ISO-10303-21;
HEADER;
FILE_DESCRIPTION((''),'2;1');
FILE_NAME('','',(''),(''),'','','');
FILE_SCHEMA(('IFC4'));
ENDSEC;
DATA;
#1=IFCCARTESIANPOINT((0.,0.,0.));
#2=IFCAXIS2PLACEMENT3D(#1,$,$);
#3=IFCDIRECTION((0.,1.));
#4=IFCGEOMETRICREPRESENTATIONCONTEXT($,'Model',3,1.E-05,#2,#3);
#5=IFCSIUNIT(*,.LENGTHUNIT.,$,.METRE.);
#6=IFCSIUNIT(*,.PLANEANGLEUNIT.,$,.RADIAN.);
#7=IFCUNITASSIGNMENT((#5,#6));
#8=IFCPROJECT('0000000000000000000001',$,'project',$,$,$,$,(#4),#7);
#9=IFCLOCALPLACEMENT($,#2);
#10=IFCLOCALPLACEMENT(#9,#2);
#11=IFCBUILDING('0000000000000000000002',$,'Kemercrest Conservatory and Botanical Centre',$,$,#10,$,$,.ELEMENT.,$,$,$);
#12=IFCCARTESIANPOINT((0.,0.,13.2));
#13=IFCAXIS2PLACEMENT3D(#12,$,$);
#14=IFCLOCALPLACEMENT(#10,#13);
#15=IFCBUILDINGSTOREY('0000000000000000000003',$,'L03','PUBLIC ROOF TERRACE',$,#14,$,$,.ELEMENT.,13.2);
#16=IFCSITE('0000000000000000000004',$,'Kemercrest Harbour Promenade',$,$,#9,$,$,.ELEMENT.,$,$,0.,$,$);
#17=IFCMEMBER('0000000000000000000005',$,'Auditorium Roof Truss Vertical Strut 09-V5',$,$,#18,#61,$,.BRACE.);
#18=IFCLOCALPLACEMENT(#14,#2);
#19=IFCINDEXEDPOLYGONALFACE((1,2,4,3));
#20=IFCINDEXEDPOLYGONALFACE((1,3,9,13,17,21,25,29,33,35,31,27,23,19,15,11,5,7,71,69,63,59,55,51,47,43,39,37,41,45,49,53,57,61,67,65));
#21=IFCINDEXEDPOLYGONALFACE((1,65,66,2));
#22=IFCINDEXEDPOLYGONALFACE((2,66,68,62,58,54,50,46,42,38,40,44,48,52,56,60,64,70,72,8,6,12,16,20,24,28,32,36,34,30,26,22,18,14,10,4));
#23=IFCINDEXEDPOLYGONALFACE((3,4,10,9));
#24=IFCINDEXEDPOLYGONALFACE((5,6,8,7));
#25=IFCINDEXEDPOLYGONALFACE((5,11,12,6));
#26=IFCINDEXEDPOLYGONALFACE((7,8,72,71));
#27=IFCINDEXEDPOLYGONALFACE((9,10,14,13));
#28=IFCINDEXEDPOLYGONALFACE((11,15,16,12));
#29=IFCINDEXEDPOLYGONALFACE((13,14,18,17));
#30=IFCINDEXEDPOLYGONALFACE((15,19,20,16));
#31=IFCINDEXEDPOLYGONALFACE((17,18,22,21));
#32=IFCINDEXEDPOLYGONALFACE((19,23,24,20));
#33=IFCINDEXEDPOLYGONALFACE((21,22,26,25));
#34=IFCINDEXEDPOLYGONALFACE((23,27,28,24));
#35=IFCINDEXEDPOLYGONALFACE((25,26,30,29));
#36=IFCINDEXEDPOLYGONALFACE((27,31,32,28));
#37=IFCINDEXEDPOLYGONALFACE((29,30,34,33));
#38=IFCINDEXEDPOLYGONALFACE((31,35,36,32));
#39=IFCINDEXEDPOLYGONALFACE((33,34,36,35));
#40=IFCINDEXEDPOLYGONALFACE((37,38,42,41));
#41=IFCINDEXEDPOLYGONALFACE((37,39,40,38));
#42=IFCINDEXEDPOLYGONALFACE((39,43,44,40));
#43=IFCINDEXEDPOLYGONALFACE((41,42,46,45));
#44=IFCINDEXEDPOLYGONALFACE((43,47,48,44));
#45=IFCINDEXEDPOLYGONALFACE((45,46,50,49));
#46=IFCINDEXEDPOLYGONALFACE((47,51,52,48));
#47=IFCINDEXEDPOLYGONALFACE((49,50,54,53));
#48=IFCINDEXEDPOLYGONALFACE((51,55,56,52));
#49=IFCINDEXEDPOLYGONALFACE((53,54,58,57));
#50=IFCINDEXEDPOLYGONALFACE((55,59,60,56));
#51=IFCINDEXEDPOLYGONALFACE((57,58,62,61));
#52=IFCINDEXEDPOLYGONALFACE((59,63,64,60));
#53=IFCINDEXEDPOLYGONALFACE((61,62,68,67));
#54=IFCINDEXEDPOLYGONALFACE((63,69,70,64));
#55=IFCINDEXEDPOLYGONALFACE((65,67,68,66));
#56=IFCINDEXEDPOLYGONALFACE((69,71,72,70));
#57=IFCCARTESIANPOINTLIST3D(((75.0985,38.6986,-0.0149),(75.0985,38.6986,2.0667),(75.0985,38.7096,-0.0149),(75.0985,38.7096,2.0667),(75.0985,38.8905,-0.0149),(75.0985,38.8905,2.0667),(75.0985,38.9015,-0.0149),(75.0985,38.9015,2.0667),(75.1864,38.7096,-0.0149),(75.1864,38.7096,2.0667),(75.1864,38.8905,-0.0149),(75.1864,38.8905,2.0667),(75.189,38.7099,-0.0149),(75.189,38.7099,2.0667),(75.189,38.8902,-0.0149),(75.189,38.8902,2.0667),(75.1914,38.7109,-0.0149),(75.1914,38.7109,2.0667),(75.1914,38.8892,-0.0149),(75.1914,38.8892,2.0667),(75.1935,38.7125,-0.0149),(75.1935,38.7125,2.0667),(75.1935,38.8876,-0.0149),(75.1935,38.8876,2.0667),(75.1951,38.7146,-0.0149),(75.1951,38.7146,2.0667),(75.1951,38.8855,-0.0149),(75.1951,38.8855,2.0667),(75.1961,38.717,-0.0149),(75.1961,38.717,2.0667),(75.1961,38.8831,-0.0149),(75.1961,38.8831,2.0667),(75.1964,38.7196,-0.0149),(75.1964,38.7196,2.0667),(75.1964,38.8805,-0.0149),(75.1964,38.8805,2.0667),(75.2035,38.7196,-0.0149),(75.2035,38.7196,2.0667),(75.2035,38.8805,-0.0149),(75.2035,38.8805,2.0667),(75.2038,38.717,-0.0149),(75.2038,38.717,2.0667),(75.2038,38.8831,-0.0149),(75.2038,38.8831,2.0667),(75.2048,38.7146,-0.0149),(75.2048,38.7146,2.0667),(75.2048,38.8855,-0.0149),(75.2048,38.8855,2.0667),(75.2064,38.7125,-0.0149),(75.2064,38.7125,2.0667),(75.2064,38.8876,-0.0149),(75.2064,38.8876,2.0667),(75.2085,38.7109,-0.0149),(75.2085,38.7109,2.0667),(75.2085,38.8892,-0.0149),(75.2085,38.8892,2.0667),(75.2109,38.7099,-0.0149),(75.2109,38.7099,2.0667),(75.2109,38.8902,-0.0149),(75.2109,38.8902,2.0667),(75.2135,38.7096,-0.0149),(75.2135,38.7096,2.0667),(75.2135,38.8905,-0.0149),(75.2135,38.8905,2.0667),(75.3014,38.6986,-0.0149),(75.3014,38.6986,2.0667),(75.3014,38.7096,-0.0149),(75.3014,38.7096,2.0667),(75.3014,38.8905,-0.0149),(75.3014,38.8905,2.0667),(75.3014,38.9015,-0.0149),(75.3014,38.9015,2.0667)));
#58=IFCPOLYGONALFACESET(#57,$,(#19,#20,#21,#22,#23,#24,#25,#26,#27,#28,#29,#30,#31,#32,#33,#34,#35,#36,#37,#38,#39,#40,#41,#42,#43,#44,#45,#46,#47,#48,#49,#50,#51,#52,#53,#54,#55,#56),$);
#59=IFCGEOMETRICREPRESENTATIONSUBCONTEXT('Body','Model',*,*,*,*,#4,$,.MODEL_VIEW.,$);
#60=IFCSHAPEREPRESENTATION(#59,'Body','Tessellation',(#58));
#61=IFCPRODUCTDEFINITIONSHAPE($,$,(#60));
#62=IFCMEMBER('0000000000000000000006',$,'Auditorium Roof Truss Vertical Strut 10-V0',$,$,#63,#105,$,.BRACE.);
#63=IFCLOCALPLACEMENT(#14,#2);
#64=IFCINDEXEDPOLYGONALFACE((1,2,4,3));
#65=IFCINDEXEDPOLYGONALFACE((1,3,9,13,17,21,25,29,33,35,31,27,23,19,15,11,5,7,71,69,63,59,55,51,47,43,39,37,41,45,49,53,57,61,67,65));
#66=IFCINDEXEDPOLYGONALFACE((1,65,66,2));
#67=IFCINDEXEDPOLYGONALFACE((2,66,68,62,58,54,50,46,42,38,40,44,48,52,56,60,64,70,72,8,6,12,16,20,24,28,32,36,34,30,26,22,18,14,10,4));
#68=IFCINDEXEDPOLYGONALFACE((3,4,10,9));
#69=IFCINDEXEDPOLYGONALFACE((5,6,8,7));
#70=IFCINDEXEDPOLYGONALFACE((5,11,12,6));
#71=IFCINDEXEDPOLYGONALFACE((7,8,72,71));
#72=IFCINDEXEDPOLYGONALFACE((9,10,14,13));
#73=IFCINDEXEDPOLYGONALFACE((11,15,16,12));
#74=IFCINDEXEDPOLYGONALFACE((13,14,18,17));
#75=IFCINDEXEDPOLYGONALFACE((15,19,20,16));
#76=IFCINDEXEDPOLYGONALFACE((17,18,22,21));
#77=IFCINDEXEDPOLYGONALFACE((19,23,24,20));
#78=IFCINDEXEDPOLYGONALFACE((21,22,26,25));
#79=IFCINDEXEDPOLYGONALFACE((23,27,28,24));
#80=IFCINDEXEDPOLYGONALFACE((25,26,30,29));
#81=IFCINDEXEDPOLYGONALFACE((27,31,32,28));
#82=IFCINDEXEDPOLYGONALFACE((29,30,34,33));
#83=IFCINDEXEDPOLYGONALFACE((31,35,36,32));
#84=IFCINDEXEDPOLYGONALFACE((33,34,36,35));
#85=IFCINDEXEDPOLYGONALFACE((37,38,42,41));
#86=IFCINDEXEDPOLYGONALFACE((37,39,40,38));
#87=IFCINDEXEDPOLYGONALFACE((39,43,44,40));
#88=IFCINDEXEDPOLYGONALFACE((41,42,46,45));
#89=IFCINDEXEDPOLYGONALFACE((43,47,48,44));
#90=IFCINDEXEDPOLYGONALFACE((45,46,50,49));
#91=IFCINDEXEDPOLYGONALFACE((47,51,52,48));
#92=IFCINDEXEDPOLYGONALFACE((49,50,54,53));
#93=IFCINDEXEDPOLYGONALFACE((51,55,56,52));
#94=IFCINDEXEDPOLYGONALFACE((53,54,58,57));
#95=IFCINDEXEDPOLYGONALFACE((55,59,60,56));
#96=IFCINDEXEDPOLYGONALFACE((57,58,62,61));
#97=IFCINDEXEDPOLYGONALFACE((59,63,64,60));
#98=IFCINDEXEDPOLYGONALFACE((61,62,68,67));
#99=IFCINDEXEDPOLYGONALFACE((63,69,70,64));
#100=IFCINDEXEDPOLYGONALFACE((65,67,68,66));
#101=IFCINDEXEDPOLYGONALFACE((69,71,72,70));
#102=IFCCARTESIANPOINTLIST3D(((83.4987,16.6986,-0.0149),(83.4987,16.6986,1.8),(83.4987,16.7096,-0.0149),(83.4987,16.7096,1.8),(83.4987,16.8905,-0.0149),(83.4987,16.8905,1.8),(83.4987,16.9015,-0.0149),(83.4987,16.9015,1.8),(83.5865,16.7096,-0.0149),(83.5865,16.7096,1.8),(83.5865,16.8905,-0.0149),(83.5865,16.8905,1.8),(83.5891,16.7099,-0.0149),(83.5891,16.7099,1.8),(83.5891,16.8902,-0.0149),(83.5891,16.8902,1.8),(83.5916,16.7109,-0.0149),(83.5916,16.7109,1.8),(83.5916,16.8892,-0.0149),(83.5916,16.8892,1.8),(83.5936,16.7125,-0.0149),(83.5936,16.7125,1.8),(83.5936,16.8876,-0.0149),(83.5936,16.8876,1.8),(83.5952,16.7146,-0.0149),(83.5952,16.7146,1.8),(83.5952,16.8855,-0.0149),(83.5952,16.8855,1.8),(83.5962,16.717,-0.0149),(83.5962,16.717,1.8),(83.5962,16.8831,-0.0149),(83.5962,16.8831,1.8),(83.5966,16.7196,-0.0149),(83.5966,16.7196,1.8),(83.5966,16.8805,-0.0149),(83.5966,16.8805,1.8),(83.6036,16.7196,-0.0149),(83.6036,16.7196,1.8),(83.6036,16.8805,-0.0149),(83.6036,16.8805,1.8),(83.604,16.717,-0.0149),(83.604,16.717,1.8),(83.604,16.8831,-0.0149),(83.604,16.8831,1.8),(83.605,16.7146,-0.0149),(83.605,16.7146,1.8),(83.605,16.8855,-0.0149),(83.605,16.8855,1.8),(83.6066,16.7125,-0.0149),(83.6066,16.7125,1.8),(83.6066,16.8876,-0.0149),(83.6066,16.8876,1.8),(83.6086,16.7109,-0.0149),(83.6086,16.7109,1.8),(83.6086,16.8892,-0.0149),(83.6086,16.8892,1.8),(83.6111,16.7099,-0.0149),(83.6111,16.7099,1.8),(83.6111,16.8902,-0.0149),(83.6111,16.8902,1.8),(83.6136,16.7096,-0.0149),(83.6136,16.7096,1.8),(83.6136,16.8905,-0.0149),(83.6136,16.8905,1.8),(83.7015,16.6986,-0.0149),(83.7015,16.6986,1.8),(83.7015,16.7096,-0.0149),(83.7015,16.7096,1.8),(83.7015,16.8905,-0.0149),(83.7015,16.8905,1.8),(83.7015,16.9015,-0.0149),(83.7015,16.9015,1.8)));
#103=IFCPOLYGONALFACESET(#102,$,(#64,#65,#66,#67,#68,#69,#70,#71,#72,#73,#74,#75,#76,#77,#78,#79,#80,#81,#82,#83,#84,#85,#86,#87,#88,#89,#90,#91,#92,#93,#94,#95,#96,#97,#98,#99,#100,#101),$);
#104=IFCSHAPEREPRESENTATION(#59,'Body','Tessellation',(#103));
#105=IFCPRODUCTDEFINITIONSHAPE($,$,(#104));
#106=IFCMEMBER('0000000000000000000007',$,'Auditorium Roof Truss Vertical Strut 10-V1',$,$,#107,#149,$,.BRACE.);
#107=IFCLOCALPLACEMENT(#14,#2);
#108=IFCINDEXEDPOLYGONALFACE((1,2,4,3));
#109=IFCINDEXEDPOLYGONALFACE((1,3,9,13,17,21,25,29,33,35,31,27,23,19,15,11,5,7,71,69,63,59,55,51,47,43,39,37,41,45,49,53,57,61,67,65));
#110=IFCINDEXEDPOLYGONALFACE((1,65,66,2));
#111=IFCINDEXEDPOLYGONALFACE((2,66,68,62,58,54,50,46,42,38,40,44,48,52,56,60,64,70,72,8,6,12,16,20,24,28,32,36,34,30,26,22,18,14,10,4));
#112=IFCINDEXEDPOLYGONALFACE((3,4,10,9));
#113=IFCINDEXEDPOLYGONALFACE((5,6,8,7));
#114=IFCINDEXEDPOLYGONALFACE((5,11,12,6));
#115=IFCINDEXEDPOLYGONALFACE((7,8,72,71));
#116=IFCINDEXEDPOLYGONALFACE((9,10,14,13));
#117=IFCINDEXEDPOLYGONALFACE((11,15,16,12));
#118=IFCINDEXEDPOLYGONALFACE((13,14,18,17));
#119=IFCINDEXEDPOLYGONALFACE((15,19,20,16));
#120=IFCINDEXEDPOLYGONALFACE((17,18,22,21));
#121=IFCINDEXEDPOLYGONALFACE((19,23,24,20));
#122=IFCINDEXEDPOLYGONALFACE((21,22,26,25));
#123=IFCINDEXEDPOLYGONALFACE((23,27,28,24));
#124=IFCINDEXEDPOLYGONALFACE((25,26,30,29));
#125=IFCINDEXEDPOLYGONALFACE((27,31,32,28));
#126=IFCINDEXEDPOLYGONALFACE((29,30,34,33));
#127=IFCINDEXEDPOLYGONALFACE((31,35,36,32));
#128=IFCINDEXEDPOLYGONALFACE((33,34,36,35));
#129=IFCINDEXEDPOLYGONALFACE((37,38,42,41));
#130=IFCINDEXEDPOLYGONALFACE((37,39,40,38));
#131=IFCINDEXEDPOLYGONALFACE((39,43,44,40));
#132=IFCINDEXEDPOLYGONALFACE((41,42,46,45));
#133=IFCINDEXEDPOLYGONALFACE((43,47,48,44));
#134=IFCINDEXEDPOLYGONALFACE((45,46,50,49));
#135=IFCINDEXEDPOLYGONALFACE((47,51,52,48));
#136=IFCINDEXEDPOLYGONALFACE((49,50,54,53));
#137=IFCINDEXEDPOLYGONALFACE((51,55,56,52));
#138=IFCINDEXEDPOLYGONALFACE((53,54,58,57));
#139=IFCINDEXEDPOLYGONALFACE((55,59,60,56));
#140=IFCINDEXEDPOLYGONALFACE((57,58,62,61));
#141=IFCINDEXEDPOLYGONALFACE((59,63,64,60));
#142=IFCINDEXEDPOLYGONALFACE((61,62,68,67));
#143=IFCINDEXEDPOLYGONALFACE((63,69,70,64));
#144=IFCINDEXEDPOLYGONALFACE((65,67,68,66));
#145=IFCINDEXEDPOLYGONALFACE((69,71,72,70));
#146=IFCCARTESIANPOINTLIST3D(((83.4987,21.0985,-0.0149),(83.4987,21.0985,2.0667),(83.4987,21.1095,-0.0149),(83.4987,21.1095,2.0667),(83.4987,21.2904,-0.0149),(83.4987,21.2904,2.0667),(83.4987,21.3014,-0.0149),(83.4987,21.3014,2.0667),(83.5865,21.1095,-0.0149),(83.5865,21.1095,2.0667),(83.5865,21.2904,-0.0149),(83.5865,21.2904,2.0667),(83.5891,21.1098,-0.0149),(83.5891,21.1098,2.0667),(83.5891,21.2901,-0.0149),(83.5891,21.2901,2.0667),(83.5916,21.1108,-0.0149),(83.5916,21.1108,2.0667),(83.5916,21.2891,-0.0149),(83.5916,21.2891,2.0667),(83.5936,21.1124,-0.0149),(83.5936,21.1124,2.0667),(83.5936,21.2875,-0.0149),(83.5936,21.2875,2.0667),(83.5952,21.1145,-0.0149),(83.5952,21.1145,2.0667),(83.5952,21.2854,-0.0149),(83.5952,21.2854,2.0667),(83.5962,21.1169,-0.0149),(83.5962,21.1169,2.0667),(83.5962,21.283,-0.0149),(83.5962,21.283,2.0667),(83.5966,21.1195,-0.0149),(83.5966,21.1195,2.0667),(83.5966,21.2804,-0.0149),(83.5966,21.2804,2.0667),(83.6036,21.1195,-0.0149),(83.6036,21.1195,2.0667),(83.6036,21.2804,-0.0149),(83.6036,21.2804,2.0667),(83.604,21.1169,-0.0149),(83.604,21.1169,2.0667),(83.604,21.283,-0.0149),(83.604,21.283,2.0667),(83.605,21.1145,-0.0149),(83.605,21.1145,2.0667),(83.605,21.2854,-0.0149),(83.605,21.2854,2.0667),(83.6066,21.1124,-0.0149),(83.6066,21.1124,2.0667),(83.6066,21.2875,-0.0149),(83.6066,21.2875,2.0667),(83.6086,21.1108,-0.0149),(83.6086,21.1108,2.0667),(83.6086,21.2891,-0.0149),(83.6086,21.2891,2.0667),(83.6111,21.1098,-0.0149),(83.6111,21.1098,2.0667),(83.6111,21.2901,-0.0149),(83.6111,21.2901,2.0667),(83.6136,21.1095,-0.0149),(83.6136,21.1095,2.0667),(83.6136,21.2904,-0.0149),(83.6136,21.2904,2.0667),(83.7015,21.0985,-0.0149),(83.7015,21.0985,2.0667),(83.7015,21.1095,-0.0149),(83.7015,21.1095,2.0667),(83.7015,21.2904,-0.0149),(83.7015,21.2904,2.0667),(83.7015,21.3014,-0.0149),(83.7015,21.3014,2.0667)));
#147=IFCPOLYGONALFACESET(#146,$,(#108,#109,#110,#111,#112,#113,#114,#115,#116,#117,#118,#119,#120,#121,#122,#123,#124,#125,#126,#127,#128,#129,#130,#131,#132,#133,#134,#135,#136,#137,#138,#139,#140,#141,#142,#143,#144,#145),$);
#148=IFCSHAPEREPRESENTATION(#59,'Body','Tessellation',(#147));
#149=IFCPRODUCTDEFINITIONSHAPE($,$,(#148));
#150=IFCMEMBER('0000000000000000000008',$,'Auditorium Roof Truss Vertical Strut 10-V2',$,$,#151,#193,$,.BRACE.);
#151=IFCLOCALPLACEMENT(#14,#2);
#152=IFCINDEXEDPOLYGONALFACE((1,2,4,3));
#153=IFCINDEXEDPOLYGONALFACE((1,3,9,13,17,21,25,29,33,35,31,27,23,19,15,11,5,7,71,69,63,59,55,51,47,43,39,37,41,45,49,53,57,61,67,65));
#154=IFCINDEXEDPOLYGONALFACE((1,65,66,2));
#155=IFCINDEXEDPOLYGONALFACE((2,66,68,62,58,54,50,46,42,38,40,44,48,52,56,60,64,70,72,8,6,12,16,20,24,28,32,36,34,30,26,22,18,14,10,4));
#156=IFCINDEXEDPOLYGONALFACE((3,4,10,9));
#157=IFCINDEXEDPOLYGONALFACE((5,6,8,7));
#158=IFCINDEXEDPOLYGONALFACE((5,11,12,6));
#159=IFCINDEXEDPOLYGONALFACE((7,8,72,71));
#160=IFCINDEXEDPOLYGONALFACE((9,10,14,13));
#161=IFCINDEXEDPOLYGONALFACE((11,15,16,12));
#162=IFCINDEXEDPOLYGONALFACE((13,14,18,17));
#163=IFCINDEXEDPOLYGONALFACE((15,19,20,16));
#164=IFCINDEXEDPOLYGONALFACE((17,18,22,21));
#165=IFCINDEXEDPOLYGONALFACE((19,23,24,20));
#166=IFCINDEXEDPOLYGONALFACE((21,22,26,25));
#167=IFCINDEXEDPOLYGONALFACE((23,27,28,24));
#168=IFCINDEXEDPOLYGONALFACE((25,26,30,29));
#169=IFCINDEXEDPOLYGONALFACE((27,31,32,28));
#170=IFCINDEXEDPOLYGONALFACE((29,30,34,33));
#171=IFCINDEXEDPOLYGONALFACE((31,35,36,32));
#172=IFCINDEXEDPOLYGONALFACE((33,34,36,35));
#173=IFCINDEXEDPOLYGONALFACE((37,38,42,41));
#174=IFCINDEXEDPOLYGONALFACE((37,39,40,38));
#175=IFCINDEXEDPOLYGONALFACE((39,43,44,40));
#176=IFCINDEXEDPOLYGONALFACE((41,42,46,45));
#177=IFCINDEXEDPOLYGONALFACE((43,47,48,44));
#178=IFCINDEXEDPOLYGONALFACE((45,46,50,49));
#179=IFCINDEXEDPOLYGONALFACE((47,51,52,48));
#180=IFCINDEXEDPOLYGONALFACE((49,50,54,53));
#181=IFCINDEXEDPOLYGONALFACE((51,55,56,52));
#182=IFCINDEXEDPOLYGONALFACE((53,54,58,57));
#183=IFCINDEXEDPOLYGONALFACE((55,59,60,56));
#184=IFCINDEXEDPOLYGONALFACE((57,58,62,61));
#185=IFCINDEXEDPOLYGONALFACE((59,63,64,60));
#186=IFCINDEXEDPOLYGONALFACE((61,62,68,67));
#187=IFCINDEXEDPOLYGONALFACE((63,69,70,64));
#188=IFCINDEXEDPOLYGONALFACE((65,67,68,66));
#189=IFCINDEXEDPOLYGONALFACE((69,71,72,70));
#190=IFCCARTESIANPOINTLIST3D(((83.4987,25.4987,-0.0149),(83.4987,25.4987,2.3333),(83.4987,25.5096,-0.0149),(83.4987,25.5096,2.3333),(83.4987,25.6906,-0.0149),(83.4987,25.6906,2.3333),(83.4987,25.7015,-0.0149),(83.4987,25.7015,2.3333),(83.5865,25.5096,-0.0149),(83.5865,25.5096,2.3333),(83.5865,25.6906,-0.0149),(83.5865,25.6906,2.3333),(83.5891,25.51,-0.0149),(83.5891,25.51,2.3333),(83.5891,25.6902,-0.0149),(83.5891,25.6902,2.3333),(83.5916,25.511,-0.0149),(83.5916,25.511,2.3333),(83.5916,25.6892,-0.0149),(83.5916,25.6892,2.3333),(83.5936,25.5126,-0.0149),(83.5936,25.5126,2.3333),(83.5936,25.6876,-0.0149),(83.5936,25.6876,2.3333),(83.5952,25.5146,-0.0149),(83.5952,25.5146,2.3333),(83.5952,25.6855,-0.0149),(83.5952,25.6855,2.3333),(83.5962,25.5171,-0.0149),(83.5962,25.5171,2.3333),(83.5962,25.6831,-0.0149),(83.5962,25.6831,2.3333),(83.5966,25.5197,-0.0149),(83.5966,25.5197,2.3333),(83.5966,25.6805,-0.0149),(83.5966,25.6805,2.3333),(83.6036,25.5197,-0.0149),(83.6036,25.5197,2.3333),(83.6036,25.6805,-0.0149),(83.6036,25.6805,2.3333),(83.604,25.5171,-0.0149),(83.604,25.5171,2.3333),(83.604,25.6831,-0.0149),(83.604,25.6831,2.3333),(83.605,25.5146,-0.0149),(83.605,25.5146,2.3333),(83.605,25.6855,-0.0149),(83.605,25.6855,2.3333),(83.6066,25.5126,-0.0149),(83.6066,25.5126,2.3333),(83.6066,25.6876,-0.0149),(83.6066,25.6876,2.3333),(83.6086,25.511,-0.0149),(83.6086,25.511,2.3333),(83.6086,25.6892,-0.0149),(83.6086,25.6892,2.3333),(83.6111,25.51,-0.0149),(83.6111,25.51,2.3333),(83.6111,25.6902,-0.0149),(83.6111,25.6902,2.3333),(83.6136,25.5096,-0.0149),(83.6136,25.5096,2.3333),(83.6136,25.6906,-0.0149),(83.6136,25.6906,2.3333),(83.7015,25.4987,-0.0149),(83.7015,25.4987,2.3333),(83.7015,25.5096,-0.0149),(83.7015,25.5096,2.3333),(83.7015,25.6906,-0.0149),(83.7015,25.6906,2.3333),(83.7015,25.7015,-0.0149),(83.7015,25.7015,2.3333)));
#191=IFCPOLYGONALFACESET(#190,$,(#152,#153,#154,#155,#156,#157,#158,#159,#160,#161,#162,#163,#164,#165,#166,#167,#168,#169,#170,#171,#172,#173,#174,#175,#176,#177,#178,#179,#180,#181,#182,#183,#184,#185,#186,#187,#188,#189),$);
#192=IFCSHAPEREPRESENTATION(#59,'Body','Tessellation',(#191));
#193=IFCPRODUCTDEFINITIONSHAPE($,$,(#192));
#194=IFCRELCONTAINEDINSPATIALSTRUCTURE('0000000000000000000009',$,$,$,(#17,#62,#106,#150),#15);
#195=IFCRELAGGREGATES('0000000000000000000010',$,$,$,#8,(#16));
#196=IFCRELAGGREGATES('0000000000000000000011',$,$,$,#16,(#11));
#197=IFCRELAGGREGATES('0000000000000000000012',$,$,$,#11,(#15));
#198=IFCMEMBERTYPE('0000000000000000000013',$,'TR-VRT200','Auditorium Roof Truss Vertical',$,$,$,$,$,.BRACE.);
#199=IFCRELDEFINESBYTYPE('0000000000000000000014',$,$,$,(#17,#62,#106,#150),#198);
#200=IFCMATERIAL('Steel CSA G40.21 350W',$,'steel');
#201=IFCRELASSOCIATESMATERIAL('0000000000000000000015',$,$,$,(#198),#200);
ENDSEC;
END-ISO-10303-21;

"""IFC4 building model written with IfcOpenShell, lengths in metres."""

from ifc_helpers import new_model, si_unit, direction, frame, origin, origin_2d, place, context, subcontext, project, spatial, i_section, extrude, material, material_profile, profile_set, type_object, element, save


model = new_model("IFC4")

# Units and contexts
model_context = context("Model", 3, precision=1e-05, world=origin(), true_north=direction((0.0, 1.0)))
body_context = subcontext(model_context, "Body", "Model", "MODEL_VIEW")
ifc_project = project(units=[si_unit("LENGTHUNIT", "METRE"), si_unit("PLANEANGLEUNIT", "RADIAN")], contexts=[model_context])

# Site, building, storey
site_placement = place(None, origin())
site = spatial("IfcSite", under=ifc_project, at=site_placement, Name="Kemercrest Harbour Promenade", CompositionType="ELEMENT", RefElevation=0.0)
building_placement = place(site_placement, origin())
building = spatial("IfcBuilding", under=site, at=building_placement, Name="Kemercrest Conservatory and Botanical Centre", CompositionType="ELEMENT")
storey_placement = place(building_placement, frame((0.0, 0.0, 13.2)))
storey = spatial("IfcBuildingStorey", under=building, at=storey_placement, Name="L03", Description="PUBLIC ROOF TERRACE", CompositionType="ELEMENT", Elevation=13.2)

# Members
ifc_material = material(Name="Steel CSA G40.21 350W", Category="steel")
ifc_material_profile_1 = material_profile(ifc_material, i_section(OverallWidth=0.2029, OverallDepth=0.2029, WebThickness=0.0071, FlangeThickness=0.011, FilletRadius=0.01, at=origin_2d()), Name="W200X46")
ifc_profile_set_1 = profile_set([ifc_material_profile_1], Name="Steel CSA G40.21 350W")
member_type_1 = type_object("IfcMemberType", Name="TR-VRT200", Description="Auditorium Roof Truss Vertical", PredefinedType="BRACE", material=ifc_profile_set_1)
member_1_placement = place(storey_placement, frame((75.2, 38.8, -0.0149), z_axis=(0.0, 0.0, 1.0), x_axis=(1.0, 0.0, 0.0)))
element("IfcMember", 1, at=member_1_placement, inside=storey, type_object=member_type_1, Name="Auditorium Roof Truss Vertical Strut 09-V5", PredefinedType="BRACE", context=body_context, shape_type="SweptSolid", body=[
    extrude(i_section(OverallWidth=0.2029, OverallDepth=0.2029, WebThickness=0.0071, FlangeThickness=0.011, FilletRadius=0.01, at=origin_2d()), origin(), (0.0, 0.0, 1.0), 2.0815),
])
member_2_placement = place(storey_placement, frame((83.6001, 16.8, -0.0149), z_axis=(0.0, 0.0, 1.0), x_axis=(1.0, 0.0, 0.0)))
element("IfcMember", 2, at=member_2_placement, inside=storey, type_object=member_type_1, Name="Auditorium Roof Truss Vertical Strut 10-V0", PredefinedType="BRACE", context=body_context, shape_type="SweptSolid", body=[
    extrude(i_section(OverallWidth=0.2029, OverallDepth=0.2029, WebThickness=0.0071, FlangeThickness=0.011, FilletRadius=0.01, at=origin_2d()), origin(), (0.0, 0.0, 1.0), 1.8149),
])
member_3_placement = place(storey_placement, frame((83.6001, 21.2, -0.0149), z_axis=(0.0, 0.0, 1.0), x_axis=(1.0, 0.0, 0.0)))
element("IfcMember", 3, at=member_3_placement, inside=storey, type_object=member_type_1, Name="Auditorium Roof Truss Vertical Strut 10-V1", PredefinedType="BRACE", context=body_context, shape_type="SweptSolid", body=[
    extrude(i_section(OverallWidth=0.2029, OverallDepth=0.2029, WebThickness=0.0071, FlangeThickness=0.011, FilletRadius=0.01, at=origin_2d()), origin(), (0.0, 0.0, 1.0), 2.0815),
])
member_4_placement = place(storey_placement, frame((83.6001, 25.6001, -0.0149), z_axis=(0.0, 0.0, 1.0), x_axis=(1.0, 0.0, 0.0)))
element("IfcMember", 4, at=member_4_placement, inside=storey, type_object=member_type_1, Name="Auditorium Roof Truss Vertical Strut 10-V2", PredefinedType="BRACE", context=body_context, shape_type="SweptSolid", body=[
    extrude(i_section(OverallWidth=0.2029, OverallDepth=0.2029, WebThickness=0.0071, FlangeThickness=0.011, FilletRadius=0.01, at=origin_2d()), origin(), (0.0, 0.0, 1.0), 2.3481),
])

save(model, "model.ifc")
